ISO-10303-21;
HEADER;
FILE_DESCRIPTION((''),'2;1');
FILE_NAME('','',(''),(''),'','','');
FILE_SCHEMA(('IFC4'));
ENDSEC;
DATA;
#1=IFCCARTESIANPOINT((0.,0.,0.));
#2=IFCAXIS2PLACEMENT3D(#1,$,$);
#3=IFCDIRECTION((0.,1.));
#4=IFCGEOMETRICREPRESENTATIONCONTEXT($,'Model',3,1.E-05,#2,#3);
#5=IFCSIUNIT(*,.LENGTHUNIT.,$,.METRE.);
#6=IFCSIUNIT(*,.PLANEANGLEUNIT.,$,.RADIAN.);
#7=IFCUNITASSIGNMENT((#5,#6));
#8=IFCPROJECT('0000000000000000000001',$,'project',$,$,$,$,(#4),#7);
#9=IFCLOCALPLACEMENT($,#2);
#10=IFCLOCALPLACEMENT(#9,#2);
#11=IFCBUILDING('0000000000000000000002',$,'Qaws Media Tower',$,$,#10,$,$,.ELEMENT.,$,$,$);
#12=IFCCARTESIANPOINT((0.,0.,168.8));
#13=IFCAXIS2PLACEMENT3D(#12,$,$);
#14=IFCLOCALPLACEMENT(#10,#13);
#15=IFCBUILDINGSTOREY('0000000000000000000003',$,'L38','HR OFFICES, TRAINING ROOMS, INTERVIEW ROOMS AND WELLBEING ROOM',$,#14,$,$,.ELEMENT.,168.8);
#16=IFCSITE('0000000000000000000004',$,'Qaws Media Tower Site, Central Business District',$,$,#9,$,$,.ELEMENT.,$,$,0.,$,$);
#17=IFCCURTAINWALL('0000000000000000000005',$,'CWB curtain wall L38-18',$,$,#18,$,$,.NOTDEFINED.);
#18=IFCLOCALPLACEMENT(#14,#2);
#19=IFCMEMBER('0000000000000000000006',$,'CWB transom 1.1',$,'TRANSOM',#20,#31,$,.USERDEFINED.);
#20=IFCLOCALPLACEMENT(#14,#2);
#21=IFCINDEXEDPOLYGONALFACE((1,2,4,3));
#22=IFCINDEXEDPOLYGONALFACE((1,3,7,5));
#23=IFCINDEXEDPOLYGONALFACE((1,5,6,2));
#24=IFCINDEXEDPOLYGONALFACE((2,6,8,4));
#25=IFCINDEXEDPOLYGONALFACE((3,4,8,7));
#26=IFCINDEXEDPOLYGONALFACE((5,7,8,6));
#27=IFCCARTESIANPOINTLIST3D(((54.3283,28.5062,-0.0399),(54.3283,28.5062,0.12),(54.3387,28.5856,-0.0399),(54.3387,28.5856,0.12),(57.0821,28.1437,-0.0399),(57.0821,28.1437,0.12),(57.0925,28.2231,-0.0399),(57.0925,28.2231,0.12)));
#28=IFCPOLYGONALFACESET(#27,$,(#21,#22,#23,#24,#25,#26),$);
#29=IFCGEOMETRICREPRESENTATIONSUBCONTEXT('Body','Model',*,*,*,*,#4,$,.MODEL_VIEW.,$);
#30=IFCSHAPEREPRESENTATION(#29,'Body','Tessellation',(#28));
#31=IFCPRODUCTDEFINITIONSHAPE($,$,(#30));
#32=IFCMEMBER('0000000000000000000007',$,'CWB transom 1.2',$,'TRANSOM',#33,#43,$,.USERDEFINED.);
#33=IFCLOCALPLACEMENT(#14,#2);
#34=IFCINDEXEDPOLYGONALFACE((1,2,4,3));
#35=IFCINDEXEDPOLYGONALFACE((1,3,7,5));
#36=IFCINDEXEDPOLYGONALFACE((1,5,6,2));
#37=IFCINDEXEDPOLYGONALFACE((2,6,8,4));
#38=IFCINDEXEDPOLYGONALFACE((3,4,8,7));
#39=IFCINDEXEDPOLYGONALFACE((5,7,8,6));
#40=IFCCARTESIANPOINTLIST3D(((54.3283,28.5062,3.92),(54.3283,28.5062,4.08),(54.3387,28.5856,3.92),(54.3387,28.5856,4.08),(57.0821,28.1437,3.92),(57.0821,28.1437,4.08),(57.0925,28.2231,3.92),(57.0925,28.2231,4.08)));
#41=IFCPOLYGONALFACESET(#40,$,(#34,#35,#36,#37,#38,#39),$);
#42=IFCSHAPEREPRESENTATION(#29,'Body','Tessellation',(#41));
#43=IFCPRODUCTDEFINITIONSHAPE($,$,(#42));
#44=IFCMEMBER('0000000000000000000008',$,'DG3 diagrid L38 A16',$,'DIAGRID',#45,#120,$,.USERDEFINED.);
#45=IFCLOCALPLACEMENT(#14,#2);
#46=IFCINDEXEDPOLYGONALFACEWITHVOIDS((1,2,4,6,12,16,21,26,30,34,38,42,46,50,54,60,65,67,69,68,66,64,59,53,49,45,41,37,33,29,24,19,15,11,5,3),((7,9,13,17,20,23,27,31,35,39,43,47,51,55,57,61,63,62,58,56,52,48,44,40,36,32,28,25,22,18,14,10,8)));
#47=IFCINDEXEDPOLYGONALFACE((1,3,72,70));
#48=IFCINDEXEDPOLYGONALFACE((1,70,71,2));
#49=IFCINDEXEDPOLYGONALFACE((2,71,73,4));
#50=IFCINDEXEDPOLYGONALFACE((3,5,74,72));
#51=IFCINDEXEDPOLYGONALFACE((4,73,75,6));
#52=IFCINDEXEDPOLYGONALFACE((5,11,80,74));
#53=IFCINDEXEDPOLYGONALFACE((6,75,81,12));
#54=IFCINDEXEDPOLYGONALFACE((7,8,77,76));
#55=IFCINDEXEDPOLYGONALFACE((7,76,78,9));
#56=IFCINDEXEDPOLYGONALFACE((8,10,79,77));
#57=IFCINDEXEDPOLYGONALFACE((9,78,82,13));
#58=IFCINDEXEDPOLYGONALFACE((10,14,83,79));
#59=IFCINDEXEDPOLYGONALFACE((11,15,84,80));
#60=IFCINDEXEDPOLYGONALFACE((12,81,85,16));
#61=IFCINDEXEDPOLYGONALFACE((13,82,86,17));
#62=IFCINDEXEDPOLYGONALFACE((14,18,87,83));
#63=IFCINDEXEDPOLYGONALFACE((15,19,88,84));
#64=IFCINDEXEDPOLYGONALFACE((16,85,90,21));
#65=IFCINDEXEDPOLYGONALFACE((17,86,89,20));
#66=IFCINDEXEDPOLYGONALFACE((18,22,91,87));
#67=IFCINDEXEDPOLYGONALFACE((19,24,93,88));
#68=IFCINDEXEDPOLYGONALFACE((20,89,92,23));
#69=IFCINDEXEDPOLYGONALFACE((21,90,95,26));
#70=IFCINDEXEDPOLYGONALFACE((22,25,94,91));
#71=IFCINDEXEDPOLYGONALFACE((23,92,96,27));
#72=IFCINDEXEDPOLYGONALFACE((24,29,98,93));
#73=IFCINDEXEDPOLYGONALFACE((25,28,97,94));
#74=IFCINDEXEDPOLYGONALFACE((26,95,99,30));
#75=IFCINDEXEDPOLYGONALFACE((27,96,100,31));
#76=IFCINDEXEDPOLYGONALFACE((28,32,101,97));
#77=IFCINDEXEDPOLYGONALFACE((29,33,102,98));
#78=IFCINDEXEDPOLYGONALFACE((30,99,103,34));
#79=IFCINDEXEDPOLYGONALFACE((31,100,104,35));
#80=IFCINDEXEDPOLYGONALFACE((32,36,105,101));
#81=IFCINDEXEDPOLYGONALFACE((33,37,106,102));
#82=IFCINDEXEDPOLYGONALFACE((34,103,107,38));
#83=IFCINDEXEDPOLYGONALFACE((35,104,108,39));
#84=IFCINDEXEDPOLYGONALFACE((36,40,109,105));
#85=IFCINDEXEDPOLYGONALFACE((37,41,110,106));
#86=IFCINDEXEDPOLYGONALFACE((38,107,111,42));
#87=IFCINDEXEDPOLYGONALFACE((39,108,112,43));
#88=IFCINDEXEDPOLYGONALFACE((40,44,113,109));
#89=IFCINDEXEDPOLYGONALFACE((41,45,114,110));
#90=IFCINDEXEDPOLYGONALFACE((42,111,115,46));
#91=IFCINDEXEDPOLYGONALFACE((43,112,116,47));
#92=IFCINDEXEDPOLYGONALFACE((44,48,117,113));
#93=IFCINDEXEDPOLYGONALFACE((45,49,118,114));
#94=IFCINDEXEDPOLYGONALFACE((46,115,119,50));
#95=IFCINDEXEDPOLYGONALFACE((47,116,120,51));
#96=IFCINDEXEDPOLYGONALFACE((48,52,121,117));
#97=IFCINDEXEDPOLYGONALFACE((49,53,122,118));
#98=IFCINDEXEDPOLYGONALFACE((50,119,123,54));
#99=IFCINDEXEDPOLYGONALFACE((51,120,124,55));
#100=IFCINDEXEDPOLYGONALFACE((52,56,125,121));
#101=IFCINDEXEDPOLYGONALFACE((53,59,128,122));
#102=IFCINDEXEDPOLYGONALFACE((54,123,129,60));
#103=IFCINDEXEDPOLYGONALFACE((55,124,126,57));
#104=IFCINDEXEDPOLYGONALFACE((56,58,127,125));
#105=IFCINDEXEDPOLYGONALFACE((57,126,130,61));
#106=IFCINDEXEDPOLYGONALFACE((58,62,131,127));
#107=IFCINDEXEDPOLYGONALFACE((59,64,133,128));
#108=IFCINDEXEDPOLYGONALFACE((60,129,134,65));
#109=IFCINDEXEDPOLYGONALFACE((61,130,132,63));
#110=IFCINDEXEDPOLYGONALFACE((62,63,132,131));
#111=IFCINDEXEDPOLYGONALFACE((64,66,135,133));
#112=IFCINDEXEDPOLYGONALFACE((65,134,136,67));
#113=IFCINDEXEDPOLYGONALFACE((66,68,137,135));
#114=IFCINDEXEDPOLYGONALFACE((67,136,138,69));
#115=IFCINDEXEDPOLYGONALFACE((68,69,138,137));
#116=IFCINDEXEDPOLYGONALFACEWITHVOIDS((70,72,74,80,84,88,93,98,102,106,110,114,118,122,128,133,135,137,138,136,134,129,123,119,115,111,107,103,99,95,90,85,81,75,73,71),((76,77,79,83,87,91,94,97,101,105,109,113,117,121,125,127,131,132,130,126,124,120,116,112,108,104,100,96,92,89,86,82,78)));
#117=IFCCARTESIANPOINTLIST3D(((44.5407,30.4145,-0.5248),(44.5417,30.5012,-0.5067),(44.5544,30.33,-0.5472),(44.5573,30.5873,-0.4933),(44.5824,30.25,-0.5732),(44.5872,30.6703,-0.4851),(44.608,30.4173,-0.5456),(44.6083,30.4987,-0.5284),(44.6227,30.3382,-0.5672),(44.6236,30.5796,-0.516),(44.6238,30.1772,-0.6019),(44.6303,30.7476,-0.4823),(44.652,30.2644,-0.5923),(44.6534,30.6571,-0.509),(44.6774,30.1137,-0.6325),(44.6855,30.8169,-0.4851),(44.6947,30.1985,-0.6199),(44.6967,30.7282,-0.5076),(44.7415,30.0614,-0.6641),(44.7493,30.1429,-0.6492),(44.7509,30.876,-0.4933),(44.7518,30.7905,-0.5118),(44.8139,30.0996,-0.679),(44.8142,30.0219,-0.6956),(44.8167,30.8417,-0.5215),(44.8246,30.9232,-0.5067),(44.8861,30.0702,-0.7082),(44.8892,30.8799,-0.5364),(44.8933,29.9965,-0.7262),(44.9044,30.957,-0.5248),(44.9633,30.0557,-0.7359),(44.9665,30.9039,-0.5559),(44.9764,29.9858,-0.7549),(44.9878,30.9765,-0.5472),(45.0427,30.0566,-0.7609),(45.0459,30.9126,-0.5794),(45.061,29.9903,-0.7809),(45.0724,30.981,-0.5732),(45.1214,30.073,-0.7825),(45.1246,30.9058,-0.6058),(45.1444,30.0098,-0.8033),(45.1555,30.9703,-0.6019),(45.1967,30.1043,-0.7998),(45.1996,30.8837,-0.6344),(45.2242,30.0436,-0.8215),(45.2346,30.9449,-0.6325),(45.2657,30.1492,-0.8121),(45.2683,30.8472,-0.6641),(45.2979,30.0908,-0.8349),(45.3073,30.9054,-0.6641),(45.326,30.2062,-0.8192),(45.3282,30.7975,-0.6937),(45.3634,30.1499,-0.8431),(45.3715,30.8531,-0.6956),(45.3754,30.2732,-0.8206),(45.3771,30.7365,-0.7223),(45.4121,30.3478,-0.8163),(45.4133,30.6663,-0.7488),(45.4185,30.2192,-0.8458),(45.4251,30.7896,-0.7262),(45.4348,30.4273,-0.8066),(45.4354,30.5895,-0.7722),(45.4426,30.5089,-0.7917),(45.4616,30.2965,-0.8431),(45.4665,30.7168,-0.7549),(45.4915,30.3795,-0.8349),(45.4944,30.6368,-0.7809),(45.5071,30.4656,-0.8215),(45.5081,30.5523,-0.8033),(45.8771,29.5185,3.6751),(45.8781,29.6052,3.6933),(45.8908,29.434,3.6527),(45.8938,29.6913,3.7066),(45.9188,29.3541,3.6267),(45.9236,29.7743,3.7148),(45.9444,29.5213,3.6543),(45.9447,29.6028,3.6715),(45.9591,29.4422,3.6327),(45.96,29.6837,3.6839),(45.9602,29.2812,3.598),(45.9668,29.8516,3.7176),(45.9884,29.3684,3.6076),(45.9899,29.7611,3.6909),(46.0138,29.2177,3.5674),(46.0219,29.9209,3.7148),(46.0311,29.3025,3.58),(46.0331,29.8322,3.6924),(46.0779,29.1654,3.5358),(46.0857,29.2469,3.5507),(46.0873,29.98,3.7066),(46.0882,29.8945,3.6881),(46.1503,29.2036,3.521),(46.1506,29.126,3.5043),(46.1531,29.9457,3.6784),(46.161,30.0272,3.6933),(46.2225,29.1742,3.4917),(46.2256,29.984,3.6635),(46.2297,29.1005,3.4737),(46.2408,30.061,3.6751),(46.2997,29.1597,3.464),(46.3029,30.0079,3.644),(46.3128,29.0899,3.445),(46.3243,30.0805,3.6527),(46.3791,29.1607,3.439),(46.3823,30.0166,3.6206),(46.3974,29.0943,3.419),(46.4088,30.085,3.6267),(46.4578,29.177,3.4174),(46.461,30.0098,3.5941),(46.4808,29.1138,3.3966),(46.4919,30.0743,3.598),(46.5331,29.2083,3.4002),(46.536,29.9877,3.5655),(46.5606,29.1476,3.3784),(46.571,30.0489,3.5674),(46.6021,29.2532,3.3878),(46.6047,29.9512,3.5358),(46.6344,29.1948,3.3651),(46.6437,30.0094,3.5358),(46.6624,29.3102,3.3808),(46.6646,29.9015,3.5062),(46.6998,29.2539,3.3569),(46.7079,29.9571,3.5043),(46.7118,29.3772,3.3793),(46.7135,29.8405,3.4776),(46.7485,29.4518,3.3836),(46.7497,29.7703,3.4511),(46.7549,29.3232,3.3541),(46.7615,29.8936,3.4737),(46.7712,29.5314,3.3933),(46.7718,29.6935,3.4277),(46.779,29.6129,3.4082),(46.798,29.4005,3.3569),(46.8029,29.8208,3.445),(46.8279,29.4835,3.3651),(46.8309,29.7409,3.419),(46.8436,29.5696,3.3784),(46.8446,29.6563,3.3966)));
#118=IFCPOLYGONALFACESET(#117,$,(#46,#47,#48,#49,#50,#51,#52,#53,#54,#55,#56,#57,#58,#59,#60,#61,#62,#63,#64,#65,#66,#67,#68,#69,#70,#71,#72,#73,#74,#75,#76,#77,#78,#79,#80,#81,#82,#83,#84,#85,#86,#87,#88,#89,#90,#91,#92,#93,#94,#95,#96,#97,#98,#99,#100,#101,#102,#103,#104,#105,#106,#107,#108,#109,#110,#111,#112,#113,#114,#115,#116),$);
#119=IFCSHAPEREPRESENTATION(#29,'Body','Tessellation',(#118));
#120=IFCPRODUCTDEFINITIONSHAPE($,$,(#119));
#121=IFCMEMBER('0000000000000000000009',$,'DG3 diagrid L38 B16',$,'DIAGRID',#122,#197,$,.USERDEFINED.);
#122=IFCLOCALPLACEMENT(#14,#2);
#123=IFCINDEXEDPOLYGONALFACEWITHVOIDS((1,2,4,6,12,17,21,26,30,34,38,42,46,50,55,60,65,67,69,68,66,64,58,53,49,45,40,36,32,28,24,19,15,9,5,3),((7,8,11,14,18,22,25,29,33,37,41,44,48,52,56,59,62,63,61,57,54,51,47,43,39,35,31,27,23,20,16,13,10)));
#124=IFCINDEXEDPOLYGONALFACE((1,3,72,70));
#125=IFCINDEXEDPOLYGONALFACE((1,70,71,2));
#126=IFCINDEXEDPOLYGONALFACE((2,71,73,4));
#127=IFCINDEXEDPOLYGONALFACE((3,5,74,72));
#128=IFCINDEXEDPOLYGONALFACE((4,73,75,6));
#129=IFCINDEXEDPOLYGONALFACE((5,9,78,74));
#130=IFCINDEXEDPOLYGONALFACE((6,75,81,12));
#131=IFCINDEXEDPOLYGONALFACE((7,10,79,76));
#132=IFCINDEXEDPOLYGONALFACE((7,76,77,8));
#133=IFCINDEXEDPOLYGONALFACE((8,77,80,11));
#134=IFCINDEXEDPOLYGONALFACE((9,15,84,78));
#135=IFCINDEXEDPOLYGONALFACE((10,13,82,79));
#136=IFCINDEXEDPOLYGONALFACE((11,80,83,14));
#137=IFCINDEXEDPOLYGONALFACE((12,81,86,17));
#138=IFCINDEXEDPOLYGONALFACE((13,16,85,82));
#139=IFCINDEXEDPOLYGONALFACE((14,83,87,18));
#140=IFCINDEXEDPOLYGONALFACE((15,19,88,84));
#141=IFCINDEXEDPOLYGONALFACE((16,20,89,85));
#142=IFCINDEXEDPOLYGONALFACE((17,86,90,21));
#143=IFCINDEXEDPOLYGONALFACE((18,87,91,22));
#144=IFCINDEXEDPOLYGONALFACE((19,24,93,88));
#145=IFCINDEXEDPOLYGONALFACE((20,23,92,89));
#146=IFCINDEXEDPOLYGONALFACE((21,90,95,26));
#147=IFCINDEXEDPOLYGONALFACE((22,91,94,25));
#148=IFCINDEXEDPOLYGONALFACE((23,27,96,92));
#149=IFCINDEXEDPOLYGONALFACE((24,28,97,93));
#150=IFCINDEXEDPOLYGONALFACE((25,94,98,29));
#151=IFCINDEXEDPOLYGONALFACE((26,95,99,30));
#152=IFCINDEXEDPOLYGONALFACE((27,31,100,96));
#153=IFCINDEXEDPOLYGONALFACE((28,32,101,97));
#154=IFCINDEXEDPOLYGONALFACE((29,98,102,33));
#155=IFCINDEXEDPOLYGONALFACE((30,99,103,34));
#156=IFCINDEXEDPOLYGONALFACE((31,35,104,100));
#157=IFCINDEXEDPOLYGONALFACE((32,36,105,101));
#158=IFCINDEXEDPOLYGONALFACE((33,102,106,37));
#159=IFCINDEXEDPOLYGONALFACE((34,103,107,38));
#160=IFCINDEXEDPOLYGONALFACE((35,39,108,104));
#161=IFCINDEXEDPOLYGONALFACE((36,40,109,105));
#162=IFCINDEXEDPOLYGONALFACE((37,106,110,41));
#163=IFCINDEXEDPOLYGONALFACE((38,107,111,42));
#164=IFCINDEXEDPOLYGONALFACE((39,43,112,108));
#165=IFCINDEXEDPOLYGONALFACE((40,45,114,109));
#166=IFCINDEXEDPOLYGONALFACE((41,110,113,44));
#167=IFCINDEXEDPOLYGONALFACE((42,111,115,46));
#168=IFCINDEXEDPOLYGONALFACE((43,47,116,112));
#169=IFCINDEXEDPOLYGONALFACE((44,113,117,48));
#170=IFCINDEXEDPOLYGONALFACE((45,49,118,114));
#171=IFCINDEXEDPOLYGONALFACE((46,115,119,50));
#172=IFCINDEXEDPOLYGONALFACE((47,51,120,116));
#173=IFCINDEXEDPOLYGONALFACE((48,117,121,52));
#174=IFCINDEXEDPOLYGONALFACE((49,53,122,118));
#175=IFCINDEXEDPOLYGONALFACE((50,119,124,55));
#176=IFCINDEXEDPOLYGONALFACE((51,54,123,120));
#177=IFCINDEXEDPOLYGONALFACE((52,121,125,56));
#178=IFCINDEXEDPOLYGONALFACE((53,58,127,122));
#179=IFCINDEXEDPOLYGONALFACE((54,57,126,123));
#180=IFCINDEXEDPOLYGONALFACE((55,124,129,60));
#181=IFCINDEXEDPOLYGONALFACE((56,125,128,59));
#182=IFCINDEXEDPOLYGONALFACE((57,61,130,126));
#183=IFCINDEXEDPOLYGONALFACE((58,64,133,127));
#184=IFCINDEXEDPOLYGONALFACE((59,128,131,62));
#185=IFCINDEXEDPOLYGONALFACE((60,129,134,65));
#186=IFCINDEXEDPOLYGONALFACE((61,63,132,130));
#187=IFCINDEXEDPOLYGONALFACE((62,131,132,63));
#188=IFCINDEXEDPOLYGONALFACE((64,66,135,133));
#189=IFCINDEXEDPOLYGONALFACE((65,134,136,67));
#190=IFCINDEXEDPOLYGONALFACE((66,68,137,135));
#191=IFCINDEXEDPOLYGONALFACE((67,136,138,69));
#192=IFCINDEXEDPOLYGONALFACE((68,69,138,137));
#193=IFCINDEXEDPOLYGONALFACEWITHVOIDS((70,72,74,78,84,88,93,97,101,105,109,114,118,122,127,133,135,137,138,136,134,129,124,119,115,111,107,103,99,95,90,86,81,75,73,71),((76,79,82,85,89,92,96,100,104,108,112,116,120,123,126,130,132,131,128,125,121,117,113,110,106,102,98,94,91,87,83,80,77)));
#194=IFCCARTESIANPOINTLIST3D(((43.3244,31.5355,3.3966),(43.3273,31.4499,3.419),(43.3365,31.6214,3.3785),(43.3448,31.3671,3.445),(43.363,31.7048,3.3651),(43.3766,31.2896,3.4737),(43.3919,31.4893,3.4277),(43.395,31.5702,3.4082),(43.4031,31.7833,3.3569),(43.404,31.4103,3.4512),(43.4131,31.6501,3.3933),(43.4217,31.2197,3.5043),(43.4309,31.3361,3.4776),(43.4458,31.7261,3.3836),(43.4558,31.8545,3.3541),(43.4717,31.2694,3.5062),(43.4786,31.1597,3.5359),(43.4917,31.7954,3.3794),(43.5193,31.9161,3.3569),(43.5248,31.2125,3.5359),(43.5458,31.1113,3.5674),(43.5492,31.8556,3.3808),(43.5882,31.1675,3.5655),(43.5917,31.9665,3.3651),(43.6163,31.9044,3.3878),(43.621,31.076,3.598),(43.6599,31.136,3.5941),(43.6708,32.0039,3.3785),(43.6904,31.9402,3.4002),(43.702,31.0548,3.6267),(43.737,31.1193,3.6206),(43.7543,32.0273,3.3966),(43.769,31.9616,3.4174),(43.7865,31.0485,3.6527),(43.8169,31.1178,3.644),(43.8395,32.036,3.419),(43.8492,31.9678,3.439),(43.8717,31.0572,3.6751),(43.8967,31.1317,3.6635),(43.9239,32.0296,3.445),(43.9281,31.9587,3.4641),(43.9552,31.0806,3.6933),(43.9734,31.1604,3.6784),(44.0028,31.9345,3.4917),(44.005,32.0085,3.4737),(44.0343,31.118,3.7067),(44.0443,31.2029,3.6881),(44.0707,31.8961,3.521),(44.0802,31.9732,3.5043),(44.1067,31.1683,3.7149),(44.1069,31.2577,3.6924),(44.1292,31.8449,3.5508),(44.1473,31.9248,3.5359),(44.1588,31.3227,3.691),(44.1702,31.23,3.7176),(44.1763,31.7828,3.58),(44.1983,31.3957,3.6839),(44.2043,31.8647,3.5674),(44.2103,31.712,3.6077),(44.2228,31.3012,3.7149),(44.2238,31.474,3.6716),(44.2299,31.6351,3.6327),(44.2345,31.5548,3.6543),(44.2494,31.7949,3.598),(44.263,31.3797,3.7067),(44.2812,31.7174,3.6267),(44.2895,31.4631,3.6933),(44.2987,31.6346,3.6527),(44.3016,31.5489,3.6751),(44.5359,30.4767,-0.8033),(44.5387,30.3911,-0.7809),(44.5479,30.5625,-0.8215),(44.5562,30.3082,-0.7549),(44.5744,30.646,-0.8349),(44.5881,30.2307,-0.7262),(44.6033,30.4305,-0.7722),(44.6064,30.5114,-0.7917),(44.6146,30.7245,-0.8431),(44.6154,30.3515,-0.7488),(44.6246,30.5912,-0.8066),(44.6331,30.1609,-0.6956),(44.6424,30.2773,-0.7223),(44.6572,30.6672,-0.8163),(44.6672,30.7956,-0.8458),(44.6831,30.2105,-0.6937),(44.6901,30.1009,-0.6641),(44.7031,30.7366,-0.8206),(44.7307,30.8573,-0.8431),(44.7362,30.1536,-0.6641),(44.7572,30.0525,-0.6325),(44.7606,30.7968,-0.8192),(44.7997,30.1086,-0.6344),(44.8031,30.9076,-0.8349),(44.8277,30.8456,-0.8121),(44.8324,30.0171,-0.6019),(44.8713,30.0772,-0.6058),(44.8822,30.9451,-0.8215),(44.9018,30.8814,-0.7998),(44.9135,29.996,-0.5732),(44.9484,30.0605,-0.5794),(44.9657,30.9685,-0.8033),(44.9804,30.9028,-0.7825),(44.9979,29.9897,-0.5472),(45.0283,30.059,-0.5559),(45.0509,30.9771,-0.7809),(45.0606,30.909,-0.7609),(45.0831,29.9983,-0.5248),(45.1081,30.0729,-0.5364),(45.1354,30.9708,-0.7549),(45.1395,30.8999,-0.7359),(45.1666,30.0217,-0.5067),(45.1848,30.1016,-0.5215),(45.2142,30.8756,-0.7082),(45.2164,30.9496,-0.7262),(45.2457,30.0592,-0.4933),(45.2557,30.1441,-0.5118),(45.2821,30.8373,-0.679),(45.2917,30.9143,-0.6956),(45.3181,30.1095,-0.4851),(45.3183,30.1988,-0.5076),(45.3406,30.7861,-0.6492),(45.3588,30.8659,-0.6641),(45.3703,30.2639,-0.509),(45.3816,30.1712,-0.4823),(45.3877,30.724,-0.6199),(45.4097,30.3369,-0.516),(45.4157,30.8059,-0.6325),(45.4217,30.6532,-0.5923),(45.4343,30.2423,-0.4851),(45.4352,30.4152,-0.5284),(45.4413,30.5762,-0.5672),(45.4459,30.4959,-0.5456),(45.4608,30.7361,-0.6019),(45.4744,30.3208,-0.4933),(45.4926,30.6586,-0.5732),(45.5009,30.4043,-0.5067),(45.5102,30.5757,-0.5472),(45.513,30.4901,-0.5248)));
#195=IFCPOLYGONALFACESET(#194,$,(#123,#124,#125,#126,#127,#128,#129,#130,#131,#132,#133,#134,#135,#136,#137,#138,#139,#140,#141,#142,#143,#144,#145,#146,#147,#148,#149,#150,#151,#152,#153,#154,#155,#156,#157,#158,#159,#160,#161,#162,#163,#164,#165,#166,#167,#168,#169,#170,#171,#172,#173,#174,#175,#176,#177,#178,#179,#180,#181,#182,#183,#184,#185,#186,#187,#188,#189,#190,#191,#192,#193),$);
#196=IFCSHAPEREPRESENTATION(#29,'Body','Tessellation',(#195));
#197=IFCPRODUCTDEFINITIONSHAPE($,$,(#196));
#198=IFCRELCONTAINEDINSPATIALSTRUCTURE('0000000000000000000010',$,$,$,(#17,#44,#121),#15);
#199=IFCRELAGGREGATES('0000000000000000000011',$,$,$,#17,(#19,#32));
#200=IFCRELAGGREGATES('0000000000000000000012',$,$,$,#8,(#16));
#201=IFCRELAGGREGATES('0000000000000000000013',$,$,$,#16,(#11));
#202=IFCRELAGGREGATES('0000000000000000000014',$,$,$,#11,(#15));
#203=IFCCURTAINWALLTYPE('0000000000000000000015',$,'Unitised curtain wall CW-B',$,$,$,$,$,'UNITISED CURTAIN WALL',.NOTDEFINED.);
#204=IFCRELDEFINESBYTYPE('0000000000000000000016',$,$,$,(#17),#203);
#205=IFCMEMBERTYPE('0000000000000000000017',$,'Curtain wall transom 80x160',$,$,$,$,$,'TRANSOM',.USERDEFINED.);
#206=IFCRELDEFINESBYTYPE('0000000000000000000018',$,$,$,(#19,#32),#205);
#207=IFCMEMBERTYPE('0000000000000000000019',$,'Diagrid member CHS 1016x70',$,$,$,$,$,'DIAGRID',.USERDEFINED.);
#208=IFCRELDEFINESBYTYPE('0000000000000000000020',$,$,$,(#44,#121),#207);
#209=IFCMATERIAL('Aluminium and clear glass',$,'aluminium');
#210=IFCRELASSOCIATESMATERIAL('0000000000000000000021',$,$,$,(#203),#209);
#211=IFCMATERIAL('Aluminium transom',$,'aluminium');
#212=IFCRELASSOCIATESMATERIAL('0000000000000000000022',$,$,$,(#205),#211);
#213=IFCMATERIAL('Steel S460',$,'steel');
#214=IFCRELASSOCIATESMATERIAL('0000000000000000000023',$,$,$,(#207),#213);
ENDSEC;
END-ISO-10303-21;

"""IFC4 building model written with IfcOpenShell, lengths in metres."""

from ifc_helpers import new_model, si_unit, direction, frame, origin, origin_2d, place, context, subcontext, project, spatial, rectangle, hollow_circle, extrude, material, material_profile, profile_set, type_object, element, aggregate, save


model = new_model("IFC4")

# Units and contexts
model_context = context("Model", 3, precision=1e-05, world=origin(), true_north=direction((0.0, 1.0)))
body_context = subcontext(model_context, "Body", "Model", "MODEL_VIEW")
ifc_project = project(units=[si_unit("LENGTHUNIT", "METRE"), si_unit("PLANEANGLEUNIT", "RADIAN")], contexts=[model_context])

# Site, building, storey
site_placement = place(None, origin())
site = spatial("IfcSite", under=ifc_project, at=site_placement, Name="Qaws Media Tower Site, Central Business District", CompositionType="ELEMENT", RefElevation=0.0)
building_placement = place(site_placement, origin())
building = spatial("IfcBuilding", under=site, at=building_placement, Name="Qaws Media Tower", CompositionType="ELEMENT")
storey_placement = place(building_placement, frame((0.0, 0.0, 168.8)))
storey = spatial("IfcBuildingStorey", under=building, at=storey_placement, Name="L38", Description="HR OFFICES, TRAINING ROOMS, INTERVIEW ROOMS AND WELLBEING ROOM", CompositionType="ELEMENT", Elevation=168.8)

# Shared definitions
ifc_material_1 = material(Name="Aluminium and clear glass", Category="aluminium")
curtain_wall_type = type_object("IfcCurtainWallType", Name="Unitised curtain wall CW-B", ElementType="UNITISED CURTAIN WALL", PredefinedType="NOTDEFINED", material=ifc_material_1)

# Curtain wall
curtain_wall_1_placement = place(storey_placement, origin())
curtain_wall_1 = element("IfcCurtainWall", 1, at=curtain_wall_1_placement, inside=storey, type_object=curtain_wall_type, Name="CWB curtain wall L38-18", PredefinedType="NOTDEFINED")

# Members
ifc_material_2 = material(Name="Aluminium transom", Category="aluminium")
ifc_material_profile_1 = material_profile(ifc_material_2, rectangle(XDim=0.0801, YDim=0.1599, at=origin_2d()), Name="80x160")
ifc_profile_set_1 = profile_set([ifc_material_profile_1], Name="Aluminium transom")
member_type_1 = type_object("IfcMemberType", Name="Curtain wall transom 80x160", ElementType="TRANSOM", PredefinedType="USERDEFINED", material=ifc_profile_set_1)
member_1_placement = place(storey_placement, frame((54.3335, 28.5459, 0.04), z_axis=(0.991445, -0.130523, 0.0), x_axis=(0.130523, 0.991445, 0.0)))
member_1 = element("IfcMember", 2, at=member_1_placement, type_object=member_type_1, Name="CWB transom 1.1", ObjectType="TRANSOM", PredefinedType="USERDEFINED", context=body_context, shape_type="SweptSolid", body=[
    extrude(rectangle(XDim=0.0801, YDim=0.1599, at=origin_2d()), origin(), (0.0, 0.0, 1.0), 2.7776),
])
member_2_placement = place(storey_placement, frame((54.3335, 28.5459, 4.0), z_axis=(0.991445, -0.130523, 0.0), x_axis=(0.130523, 0.991445, 0.0)))
member_2 = element("IfcMember", 3, at=member_2_placement, type_object=member_type_1, Name="CWB transom 1.2", ObjectType="TRANSOM", PredefinedType="USERDEFINED", context=body_context, shape_type="SweptSolid", body=[
    extrude(rectangle(XDim=0.0801, YDim=0.1599, at=origin_2d()), origin(), (0.0, 0.0, 1.0), 2.7776),
])
aggregate(curtain_wall_1, [member_1, member_2])

# Members
ifc_material_3 = material(Name="Steel S460", Category="steel")
ifc_material_profile_2 = material_profile(ifc_material_3, hollow_circle(Radius=0.5081, WallThickness=0.0701, at=origin_2d()), Name="CHS 1016x70")
ifc_profile_set_2 = profile_set([ifc_material_profile_2], Name="Steel S460")
member_type_2 = type_object("IfcMemberType", Name="Diagrid member CHS 1016x70", ElementType="DIAGRID", PredefinedType="USERDEFINED", material=ifc_profile_set_2)
for number, where, z_axis, x_axis, name in (
    (4, (45.0244, 30.4834, -0.6641), (0.297142, -0.199216, 0.93382), (0.556869, 0.8306, 0.0), "DG3 diagrid L38 A16"),
    (5, (45.0244, 30.4834, -0.6641), (-0.26935, 0.235424, 0.933823), (-0.658096, -0.752934, 0.0), "DG3 diagrid L38 B16"),
):
    element("IfcMember", number, at=place(storey_placement, frame(where, z_axis=z_axis, x_axis=x_axis)), inside=storey, type_object=member_type_2, Name=name, ObjectType="DIAGRID", PredefinedType="USERDEFINED", context=body_context, shape_type="SweptSolid", body=[
        extrude(hollow_circle(Radius=0.5081, WallThickness=0.0701, at=origin_2d()), origin(), (0.0, 0.0, 1.0), 4.4976),
    ])

save(model, "model.ifc")
